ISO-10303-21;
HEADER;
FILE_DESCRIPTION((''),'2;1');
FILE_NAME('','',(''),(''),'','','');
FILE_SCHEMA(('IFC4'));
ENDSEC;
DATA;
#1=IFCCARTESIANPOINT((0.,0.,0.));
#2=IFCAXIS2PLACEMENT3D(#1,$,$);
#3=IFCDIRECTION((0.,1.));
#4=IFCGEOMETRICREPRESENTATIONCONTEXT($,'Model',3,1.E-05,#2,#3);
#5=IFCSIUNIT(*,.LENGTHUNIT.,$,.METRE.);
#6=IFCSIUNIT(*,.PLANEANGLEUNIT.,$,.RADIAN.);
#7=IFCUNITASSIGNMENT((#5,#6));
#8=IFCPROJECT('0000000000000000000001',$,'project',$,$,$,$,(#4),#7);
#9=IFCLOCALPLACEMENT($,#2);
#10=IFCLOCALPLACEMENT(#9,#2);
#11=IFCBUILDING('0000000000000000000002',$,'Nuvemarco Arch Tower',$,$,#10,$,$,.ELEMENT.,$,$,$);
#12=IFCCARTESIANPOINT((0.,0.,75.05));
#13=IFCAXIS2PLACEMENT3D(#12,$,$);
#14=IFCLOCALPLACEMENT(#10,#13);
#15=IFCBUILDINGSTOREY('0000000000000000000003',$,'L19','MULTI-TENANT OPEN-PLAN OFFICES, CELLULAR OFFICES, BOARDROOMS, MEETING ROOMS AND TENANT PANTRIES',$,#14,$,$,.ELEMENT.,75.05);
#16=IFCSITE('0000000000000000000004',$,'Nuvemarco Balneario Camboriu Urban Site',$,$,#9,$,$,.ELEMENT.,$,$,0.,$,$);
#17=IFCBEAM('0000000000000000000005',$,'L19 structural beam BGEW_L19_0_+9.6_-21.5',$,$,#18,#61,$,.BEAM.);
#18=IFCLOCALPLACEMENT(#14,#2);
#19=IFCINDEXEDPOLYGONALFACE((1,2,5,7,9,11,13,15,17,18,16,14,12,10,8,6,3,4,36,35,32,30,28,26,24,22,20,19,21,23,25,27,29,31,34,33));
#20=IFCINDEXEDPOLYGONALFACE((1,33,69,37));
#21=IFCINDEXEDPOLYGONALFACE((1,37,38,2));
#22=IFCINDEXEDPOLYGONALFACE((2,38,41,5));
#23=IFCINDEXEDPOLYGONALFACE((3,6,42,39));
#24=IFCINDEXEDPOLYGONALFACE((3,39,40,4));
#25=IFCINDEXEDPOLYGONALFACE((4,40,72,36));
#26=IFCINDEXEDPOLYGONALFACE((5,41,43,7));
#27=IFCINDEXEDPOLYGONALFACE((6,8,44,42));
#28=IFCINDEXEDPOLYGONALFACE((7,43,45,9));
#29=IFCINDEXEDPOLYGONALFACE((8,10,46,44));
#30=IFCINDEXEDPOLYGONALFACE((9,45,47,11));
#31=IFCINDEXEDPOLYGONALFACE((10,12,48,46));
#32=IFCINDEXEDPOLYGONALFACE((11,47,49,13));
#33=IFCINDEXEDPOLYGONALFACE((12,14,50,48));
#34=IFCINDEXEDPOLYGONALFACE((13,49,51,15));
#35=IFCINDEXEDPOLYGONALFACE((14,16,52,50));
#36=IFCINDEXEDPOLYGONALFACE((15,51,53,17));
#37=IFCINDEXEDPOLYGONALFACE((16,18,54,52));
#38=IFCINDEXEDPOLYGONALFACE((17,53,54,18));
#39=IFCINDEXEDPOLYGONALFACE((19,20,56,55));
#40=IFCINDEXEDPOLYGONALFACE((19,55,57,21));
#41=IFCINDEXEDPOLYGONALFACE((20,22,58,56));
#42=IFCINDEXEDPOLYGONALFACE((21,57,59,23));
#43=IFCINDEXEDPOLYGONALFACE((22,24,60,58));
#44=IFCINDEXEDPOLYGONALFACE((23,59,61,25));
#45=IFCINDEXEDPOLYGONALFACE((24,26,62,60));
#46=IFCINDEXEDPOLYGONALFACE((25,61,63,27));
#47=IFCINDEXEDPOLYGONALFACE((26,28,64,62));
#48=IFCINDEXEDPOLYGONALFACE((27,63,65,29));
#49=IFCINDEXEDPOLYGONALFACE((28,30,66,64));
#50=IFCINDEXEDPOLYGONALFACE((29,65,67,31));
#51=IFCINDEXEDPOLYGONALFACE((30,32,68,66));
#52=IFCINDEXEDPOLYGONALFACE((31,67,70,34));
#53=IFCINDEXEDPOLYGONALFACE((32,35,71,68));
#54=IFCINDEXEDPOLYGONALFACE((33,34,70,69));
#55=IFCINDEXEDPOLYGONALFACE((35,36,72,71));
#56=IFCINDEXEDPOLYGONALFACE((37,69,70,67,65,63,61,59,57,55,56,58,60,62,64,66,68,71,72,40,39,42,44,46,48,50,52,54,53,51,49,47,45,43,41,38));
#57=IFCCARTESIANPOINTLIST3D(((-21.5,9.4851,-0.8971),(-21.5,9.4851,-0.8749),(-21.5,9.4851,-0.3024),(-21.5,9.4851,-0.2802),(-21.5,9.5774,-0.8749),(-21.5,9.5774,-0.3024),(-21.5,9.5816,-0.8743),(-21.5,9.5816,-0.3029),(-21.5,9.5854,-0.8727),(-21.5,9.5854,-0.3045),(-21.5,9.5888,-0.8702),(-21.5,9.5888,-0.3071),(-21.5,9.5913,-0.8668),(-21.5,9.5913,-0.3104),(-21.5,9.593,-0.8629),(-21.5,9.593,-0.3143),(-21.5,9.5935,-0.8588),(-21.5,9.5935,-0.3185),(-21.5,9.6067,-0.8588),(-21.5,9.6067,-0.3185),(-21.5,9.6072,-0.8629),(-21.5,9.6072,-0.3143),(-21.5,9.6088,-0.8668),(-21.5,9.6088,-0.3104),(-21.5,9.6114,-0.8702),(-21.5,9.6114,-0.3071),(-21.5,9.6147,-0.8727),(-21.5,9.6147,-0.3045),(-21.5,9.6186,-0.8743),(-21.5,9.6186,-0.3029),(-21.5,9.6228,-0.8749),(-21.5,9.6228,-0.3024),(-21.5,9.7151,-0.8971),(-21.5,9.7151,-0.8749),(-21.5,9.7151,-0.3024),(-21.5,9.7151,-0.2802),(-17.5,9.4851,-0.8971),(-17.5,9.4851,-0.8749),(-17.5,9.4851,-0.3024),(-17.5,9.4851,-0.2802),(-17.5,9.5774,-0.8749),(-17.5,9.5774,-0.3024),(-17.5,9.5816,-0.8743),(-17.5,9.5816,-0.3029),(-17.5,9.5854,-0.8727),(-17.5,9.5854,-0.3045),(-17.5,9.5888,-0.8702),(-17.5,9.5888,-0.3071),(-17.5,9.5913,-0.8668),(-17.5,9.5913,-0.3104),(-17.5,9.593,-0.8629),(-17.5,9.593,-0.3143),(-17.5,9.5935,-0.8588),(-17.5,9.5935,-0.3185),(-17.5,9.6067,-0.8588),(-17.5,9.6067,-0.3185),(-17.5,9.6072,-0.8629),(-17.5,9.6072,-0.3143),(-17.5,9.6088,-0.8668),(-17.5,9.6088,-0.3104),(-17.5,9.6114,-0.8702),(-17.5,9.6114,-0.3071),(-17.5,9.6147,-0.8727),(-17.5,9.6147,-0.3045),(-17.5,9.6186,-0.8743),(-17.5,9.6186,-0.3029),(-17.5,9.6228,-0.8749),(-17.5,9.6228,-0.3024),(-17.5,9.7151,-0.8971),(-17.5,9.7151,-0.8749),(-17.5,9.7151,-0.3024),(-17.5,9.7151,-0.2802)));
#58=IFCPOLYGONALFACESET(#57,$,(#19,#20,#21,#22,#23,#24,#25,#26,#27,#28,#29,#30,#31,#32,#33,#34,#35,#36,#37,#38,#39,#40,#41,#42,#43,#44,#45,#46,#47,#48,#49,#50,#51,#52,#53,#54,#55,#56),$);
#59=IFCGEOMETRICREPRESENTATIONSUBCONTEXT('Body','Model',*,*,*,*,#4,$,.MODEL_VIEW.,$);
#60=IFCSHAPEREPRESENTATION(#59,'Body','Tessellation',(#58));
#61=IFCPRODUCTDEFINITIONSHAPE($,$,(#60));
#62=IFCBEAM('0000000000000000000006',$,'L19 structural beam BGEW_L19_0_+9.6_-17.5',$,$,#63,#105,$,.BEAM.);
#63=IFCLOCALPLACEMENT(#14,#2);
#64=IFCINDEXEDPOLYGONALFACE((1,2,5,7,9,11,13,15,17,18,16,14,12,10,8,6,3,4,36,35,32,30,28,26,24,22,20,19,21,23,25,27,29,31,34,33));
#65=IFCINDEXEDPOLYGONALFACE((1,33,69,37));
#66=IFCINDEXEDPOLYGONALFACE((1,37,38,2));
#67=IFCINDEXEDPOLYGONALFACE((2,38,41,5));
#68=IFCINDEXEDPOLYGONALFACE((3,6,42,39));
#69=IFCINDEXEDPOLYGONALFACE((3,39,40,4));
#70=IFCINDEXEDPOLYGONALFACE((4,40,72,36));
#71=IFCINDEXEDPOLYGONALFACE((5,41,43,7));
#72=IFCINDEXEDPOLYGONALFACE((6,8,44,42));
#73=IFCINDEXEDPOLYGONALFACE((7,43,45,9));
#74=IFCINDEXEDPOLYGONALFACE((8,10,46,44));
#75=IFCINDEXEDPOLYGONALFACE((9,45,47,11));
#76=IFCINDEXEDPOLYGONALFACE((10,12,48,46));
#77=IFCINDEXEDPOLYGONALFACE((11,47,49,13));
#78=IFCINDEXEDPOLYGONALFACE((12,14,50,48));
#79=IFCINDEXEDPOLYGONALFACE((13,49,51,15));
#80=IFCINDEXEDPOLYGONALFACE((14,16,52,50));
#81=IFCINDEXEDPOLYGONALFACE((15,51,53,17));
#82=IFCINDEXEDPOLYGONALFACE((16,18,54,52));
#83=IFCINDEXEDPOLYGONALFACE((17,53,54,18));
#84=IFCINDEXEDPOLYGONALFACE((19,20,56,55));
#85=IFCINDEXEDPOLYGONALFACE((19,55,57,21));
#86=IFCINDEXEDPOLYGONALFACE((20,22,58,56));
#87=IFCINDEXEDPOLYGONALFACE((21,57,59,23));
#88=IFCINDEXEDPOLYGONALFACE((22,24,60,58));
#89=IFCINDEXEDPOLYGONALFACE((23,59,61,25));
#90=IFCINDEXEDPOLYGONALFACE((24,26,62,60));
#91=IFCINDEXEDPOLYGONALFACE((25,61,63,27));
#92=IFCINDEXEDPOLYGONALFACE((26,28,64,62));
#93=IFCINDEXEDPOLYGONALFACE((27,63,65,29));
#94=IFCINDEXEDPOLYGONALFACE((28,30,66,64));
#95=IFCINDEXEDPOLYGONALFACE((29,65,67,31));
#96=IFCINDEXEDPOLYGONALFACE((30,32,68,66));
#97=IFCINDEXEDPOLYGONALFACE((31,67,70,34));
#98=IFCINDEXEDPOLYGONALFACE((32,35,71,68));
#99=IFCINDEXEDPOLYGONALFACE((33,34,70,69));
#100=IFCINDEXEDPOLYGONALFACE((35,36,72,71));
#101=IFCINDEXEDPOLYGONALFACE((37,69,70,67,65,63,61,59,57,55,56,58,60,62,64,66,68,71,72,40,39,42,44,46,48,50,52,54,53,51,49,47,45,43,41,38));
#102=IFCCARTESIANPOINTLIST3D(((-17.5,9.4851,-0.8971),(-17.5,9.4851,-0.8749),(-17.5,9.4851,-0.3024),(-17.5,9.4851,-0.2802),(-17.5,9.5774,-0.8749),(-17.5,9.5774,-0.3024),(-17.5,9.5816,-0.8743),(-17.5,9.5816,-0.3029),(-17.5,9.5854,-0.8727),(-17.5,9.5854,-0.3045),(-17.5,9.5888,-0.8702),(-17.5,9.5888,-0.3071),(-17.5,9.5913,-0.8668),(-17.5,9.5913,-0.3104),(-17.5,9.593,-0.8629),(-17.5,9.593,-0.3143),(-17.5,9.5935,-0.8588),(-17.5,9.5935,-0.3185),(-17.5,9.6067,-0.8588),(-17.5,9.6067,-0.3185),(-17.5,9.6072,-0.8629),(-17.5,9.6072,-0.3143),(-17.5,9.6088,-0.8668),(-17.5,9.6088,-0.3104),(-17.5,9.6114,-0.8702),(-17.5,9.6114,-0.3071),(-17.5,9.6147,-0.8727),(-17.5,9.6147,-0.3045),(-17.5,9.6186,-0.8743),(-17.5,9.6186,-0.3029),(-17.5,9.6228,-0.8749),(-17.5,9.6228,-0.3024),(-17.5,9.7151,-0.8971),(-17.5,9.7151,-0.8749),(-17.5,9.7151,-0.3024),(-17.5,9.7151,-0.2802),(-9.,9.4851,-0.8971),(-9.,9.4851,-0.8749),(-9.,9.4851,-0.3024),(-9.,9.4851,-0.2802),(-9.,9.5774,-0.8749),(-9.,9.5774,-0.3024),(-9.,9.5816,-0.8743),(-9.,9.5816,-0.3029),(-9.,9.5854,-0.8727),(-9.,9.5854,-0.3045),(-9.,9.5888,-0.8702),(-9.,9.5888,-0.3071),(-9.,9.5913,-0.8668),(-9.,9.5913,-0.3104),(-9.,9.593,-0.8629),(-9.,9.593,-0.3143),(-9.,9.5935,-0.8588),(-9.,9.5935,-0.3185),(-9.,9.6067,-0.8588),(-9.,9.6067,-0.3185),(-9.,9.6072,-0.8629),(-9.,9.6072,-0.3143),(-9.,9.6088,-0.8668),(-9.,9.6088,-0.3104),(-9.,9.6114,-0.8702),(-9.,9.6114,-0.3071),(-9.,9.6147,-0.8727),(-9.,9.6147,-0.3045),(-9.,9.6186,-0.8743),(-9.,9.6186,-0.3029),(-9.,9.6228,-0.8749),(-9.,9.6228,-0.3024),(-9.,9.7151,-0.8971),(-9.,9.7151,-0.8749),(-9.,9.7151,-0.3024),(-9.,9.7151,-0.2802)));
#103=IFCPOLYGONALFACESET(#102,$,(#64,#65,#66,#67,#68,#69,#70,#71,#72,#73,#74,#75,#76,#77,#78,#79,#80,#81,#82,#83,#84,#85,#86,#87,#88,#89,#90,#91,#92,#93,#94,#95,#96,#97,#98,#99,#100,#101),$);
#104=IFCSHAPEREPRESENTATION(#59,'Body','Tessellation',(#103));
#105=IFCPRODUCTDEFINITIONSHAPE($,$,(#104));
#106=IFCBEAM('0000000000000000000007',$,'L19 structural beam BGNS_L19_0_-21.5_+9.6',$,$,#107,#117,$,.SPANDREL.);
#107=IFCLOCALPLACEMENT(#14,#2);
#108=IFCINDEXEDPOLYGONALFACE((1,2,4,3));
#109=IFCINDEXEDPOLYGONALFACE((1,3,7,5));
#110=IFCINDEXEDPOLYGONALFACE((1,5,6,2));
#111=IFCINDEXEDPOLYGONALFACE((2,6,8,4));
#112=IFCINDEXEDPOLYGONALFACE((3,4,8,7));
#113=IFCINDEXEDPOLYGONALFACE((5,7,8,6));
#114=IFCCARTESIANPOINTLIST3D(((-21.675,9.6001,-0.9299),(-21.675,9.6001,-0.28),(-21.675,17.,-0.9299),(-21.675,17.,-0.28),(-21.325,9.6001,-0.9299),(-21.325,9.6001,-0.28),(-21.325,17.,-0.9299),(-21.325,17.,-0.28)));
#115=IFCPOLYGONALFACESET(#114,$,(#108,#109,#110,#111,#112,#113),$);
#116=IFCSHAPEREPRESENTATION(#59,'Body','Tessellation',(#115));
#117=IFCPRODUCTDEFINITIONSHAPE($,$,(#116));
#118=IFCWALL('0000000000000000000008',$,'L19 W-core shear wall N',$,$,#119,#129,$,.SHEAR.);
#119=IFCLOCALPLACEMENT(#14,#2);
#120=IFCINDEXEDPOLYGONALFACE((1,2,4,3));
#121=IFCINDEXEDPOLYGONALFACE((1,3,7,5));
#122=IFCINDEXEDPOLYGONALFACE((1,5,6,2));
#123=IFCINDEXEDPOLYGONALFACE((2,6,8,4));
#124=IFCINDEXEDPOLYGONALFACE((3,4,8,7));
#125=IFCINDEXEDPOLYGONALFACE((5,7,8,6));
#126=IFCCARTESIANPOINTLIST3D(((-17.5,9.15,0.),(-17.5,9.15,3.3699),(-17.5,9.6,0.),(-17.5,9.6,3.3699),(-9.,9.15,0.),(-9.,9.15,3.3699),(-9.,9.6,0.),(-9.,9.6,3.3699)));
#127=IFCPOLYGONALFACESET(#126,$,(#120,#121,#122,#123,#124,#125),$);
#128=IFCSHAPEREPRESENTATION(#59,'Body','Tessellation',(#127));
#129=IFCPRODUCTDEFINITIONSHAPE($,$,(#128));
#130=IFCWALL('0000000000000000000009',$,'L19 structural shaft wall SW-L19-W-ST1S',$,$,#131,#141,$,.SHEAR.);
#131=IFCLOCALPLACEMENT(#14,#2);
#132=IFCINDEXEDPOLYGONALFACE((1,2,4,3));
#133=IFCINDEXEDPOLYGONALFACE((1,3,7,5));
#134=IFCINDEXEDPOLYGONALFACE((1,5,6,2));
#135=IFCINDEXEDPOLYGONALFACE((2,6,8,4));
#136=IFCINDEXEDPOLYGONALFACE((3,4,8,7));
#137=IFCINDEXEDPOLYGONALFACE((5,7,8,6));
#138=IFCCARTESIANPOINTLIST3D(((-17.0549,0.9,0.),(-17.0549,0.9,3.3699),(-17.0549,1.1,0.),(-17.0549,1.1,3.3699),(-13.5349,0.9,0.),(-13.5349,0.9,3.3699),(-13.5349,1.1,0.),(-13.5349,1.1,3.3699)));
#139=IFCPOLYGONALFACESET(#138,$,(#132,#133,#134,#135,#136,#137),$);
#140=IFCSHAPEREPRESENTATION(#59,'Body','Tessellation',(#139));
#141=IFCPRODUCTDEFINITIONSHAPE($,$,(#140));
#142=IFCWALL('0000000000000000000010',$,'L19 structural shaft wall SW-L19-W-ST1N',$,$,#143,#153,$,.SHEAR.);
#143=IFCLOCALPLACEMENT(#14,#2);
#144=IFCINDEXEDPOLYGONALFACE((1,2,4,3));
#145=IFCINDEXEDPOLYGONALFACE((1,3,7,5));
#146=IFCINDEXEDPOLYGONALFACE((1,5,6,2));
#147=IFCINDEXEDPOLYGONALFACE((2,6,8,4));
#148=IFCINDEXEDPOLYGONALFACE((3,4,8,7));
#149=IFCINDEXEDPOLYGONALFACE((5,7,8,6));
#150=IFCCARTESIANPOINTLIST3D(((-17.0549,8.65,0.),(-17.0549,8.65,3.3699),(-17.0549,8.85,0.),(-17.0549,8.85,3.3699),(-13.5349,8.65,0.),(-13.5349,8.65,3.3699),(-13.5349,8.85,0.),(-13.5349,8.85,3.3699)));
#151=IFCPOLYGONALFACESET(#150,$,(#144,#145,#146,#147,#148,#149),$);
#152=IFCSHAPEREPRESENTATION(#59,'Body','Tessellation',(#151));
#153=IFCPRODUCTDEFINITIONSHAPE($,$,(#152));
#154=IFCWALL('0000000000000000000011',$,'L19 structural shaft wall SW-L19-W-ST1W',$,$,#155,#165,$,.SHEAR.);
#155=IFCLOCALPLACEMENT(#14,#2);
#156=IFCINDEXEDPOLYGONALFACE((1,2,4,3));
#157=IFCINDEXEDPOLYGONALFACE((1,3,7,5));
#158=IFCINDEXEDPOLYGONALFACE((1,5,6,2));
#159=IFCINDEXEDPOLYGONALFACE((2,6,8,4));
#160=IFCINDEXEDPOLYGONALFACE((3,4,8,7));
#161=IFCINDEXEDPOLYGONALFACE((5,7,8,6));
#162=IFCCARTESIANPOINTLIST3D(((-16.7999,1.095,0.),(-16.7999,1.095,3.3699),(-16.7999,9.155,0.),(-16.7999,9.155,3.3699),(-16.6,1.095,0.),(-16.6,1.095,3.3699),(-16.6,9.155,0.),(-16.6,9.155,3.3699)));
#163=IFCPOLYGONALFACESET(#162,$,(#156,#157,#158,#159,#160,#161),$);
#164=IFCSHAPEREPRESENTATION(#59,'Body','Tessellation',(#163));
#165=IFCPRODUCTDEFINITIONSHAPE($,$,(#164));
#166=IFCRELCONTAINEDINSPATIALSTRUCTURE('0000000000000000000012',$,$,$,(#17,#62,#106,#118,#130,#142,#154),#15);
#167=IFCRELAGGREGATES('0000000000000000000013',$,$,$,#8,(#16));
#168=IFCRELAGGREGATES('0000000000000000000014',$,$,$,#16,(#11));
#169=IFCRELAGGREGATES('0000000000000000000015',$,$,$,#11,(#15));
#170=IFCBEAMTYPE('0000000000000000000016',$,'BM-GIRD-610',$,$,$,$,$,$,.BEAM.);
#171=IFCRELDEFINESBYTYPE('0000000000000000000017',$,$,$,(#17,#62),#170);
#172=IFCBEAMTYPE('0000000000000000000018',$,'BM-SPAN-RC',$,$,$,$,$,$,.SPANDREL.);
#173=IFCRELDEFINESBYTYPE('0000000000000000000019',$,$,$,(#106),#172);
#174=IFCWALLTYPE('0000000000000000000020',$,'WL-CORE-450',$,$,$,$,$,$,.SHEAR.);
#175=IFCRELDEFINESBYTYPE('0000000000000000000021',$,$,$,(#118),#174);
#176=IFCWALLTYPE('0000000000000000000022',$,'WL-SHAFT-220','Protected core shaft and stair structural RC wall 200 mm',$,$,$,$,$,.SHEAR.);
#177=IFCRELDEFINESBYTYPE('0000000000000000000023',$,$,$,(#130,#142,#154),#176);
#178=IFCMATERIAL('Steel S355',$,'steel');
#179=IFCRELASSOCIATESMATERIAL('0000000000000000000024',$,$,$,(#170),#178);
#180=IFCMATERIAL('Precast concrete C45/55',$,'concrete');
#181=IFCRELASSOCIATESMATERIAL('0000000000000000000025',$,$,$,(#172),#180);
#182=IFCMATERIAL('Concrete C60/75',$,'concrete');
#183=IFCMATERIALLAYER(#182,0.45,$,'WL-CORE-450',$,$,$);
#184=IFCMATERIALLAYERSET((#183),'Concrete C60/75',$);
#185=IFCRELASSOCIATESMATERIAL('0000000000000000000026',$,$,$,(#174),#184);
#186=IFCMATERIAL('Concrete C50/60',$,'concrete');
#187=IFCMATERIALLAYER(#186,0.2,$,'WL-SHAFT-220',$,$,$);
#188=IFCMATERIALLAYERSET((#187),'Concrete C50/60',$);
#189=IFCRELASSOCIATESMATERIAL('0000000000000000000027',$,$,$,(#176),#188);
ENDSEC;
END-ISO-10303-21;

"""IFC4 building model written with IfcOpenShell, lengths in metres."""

from ifc_helpers import new_model, si_unit, direction, frame, frame_2d, origin, origin_2d, place, context, subcontext, project, spatial, rectangle, i_section, extrude, material, layer, layer_set, material_profile, profile_set, type_object, element, save


model = new_model("IFC4")

# Units and contexts
model_context = context("Model", 3, precision=1e-05, world=origin(), true_north=direction((0.0, 1.0)))
body_context = subcontext(model_context, "Body", "Model", "MODEL_VIEW")
ifc_project = project(units=[si_unit("LENGTHUNIT", "METRE"), si_unit("PLANEANGLEUNIT", "RADIAN")], contexts=[model_context])

# Site, building, storey
site_placement = place(None, origin())
site = spatial("IfcSite", under=ifc_project, at=site_placement, Name="Nuvemarco Balneario Camboriu Urban Site", CompositionType="ELEMENT", RefElevation=0.0)
building_placement = place(site_placement, origin())
building = spatial("IfcBuilding", under=site, at=building_placement, Name="Nuvemarco Arch Tower", CompositionType="ELEMENT")
storey_placement = place(building_placement, frame((0.0, 0.0, 75.05)))
storey = spatial("IfcBuildingStorey", under=building, at=storey_placement, Name="L19", Description="MULTI-TENANT OPEN-PLAN OFFICES, CELLULAR OFFICES, BOARDROOMS, MEETING ROOMS AND TENANT PANTRIES", CompositionType="ELEMENT", Elevation=75.05)

# Shared definitions
ifc_material_1 = material(Name="Concrete C60/75", Category="concrete")

# Beams
ifc_material_2 = material(Name="Steel S355", Category="steel")
ifc_material_profile_1 = material_profile(ifc_material_2, i_section(OverallWidth=0.23, OverallDepth=0.6169, WebThickness=0.0132, FlangeThickness=0.0222, FilletRadius=0.0161, at=origin_2d()), Name="W610x140")
ifc_profile_set_1 = profile_set([ifc_material_profile_1], Name="Steel S355")
beam_type_1 = type_object("IfcBeamType", Name="BM-GIRD-610", PredefinedType="BEAM", material=ifc_profile_set_1)
beam_1_placement = place(storey_placement, frame((-21.5, 9.6001, -0.5886), z_axis=(1.0, 0.0, 0.0), x_axis=(0.0, 1.0, 0.0)))
element("IfcBeam", 1, at=beam_1_placement, inside=storey, type_object=beam_type_1, Name="L19 structural beam BGEW_L19_0_+9.6_-21.5", PredefinedType="BEAM", context=body_context, shape_type="SweptSolid", body=[
    extrude(i_section(OverallWidth=0.23, OverallDepth=0.6169, WebThickness=0.0132, FlangeThickness=0.0222, FilletRadius=0.0161, at=origin_2d()), origin(), (0.0, 0.0, 1.0), 4.0),
])
beam_2_placement = place(storey_placement, frame((-17.5, 9.6001, -0.5886), z_axis=(1.0, 0.0, 0.0), x_axis=(0.0, 1.0, 0.0)))
element("IfcBeam", 2, at=beam_2_placement, inside=storey, type_object=beam_type_1, Name="L19 structural beam BGEW_L19_0_+9.6_-17.5", PredefinedType="BEAM", context=body_context, shape_type="SweptSolid", body=[
    extrude(i_section(OverallWidth=0.23, OverallDepth=0.6169, WebThickness=0.0132, FlangeThickness=0.0222, FilletRadius=0.0161, at=origin_2d()), origin(), (0.0, 0.0, 1.0), 8.5),
])
ifc_material_3 = material(Name="Precast concrete C45/55", Category="concrete")
ifc_material_profile_2 = material_profile(ifc_material_3, rectangle(XDim=0.3501, YDim=0.6499, at=origin_2d()), Name="PC-SP-350x650")
ifc_profile_set_2 = profile_set([ifc_material_profile_2], Name="Precast concrete C45/55")
beam_type_2 = type_object("IfcBeamType", Name="BM-SPAN-RC", PredefinedType="SPANDREL", material=ifc_profile_set_2)
beam_3_placement = place(storey_placement, frame((-21.5, 9.6001, -0.605), z_axis=(0.0, 1.0, 0.0), x_axis=(-1.0, 0.0, 0.0)))
element("IfcBeam", 3, at=beam_3_placement, inside=storey, type_object=beam_type_2, Name="L19 structural beam BGNS_L19_0_-21.5_+9.6", PredefinedType="SPANDREL", context=body_context, shape_type="SweptSolid", body=[
    extrude(rectangle(XDim=0.3501, YDim=0.6499, at=origin_2d()), origin(), (0.0, 0.0, 1.0), 7.3999),
])

# Walls
ifc_layer_1 = layer(ifc_material_1, 0.45, Name="WL-CORE-450")
ifc_layer_set_1 = layer_set([ifc_layer_1], Name="Concrete C60/75")
wall_type_1 = type_object("IfcWallType", Name="WL-CORE-450", PredefinedType="SHEAR", material=ifc_layer_set_1)
wall_1_placement = place(storey_placement, frame((-17.5, 9.375, 0.0), z_axis=(0.0, 0.0, 1.0), x_axis=(1.0, 0.0, 0.0)))
element("IfcWall", 4, at=wall_1_placement, inside=storey, type_object=wall_type_1, Name="L19 W-core shear wall N", PredefinedType="SHEAR", context=body_context, shape_type="SweptSolid", body=[
    extrude(rectangle(XDim=8.5, YDim=0.45, at=frame_2d((4.25, 0.0))), origin(), (0.0, 0.0, 1.0), 3.3699),
])
ifc_material_4 = material(Name="Concrete C50/60", Category="concrete")
ifc_layer_2 = layer(ifc_material_4, 0.2, Name="WL-SHAFT-220")
ifc_layer_set_2 = layer_set([ifc_layer_2], Name="Concrete C50/60")
wall_type_2 = type_object("IfcWallType", Name="WL-SHAFT-220", Description="Protected core shaft and stair structural RC wall 200 mm", PredefinedType="SHEAR", material=ifc_layer_set_2)
for number, where, z_axis, x_axis, name in (
    (5, (-17.0549, 1.0, 0.0), (0.0, 0.0, 1.0), (1.0, 0.0, 0.0), "L19 structural shaft wall SW-L19-W-ST1S"),
    (6, (-17.0549, 8.75, 0.0), (0.0, 0.0, 1.0), (1.0, 0.0, 0.0), "L19 structural shaft wall SW-L19-W-ST1N"),
):
    element("IfcWall", number, at=place(storey_placement, frame(where, z_axis=z_axis, x_axis=x_axis)), inside=storey, type_object=wall_type_2, Name=name, PredefinedType="SHEAR", context=body_context, shape_type="SweptSolid", body=[
        extrude(rectangle(XDim=3.52, YDim=0.2, at=frame_2d((1.76, 0.0))), origin(), (0.0, 0.0, 1.0), 3.3699),
    ])
wall_2_placement = place(storey_placement, frame((-16.7, 1.095, 0.0), z_axis=(0.0, 0.0, 1.0), x_axis=(0.0, 1.0, 0.0)))
element("IfcWall", 7, at=wall_2_placement, inside=storey, type_object=wall_type_2, Name="L19 structural shaft wall SW-L19-W-ST1W", PredefinedType="SHEAR", context=body_context, shape_type="SweptSolid", body=[
    extrude(rectangle(XDim=8.0601, YDim=0.2, at=frame_2d((4.03, 0.0))), origin(), (0.0, 0.0, 1.0), 3.3699),
])

save(model, "model.ifc")
